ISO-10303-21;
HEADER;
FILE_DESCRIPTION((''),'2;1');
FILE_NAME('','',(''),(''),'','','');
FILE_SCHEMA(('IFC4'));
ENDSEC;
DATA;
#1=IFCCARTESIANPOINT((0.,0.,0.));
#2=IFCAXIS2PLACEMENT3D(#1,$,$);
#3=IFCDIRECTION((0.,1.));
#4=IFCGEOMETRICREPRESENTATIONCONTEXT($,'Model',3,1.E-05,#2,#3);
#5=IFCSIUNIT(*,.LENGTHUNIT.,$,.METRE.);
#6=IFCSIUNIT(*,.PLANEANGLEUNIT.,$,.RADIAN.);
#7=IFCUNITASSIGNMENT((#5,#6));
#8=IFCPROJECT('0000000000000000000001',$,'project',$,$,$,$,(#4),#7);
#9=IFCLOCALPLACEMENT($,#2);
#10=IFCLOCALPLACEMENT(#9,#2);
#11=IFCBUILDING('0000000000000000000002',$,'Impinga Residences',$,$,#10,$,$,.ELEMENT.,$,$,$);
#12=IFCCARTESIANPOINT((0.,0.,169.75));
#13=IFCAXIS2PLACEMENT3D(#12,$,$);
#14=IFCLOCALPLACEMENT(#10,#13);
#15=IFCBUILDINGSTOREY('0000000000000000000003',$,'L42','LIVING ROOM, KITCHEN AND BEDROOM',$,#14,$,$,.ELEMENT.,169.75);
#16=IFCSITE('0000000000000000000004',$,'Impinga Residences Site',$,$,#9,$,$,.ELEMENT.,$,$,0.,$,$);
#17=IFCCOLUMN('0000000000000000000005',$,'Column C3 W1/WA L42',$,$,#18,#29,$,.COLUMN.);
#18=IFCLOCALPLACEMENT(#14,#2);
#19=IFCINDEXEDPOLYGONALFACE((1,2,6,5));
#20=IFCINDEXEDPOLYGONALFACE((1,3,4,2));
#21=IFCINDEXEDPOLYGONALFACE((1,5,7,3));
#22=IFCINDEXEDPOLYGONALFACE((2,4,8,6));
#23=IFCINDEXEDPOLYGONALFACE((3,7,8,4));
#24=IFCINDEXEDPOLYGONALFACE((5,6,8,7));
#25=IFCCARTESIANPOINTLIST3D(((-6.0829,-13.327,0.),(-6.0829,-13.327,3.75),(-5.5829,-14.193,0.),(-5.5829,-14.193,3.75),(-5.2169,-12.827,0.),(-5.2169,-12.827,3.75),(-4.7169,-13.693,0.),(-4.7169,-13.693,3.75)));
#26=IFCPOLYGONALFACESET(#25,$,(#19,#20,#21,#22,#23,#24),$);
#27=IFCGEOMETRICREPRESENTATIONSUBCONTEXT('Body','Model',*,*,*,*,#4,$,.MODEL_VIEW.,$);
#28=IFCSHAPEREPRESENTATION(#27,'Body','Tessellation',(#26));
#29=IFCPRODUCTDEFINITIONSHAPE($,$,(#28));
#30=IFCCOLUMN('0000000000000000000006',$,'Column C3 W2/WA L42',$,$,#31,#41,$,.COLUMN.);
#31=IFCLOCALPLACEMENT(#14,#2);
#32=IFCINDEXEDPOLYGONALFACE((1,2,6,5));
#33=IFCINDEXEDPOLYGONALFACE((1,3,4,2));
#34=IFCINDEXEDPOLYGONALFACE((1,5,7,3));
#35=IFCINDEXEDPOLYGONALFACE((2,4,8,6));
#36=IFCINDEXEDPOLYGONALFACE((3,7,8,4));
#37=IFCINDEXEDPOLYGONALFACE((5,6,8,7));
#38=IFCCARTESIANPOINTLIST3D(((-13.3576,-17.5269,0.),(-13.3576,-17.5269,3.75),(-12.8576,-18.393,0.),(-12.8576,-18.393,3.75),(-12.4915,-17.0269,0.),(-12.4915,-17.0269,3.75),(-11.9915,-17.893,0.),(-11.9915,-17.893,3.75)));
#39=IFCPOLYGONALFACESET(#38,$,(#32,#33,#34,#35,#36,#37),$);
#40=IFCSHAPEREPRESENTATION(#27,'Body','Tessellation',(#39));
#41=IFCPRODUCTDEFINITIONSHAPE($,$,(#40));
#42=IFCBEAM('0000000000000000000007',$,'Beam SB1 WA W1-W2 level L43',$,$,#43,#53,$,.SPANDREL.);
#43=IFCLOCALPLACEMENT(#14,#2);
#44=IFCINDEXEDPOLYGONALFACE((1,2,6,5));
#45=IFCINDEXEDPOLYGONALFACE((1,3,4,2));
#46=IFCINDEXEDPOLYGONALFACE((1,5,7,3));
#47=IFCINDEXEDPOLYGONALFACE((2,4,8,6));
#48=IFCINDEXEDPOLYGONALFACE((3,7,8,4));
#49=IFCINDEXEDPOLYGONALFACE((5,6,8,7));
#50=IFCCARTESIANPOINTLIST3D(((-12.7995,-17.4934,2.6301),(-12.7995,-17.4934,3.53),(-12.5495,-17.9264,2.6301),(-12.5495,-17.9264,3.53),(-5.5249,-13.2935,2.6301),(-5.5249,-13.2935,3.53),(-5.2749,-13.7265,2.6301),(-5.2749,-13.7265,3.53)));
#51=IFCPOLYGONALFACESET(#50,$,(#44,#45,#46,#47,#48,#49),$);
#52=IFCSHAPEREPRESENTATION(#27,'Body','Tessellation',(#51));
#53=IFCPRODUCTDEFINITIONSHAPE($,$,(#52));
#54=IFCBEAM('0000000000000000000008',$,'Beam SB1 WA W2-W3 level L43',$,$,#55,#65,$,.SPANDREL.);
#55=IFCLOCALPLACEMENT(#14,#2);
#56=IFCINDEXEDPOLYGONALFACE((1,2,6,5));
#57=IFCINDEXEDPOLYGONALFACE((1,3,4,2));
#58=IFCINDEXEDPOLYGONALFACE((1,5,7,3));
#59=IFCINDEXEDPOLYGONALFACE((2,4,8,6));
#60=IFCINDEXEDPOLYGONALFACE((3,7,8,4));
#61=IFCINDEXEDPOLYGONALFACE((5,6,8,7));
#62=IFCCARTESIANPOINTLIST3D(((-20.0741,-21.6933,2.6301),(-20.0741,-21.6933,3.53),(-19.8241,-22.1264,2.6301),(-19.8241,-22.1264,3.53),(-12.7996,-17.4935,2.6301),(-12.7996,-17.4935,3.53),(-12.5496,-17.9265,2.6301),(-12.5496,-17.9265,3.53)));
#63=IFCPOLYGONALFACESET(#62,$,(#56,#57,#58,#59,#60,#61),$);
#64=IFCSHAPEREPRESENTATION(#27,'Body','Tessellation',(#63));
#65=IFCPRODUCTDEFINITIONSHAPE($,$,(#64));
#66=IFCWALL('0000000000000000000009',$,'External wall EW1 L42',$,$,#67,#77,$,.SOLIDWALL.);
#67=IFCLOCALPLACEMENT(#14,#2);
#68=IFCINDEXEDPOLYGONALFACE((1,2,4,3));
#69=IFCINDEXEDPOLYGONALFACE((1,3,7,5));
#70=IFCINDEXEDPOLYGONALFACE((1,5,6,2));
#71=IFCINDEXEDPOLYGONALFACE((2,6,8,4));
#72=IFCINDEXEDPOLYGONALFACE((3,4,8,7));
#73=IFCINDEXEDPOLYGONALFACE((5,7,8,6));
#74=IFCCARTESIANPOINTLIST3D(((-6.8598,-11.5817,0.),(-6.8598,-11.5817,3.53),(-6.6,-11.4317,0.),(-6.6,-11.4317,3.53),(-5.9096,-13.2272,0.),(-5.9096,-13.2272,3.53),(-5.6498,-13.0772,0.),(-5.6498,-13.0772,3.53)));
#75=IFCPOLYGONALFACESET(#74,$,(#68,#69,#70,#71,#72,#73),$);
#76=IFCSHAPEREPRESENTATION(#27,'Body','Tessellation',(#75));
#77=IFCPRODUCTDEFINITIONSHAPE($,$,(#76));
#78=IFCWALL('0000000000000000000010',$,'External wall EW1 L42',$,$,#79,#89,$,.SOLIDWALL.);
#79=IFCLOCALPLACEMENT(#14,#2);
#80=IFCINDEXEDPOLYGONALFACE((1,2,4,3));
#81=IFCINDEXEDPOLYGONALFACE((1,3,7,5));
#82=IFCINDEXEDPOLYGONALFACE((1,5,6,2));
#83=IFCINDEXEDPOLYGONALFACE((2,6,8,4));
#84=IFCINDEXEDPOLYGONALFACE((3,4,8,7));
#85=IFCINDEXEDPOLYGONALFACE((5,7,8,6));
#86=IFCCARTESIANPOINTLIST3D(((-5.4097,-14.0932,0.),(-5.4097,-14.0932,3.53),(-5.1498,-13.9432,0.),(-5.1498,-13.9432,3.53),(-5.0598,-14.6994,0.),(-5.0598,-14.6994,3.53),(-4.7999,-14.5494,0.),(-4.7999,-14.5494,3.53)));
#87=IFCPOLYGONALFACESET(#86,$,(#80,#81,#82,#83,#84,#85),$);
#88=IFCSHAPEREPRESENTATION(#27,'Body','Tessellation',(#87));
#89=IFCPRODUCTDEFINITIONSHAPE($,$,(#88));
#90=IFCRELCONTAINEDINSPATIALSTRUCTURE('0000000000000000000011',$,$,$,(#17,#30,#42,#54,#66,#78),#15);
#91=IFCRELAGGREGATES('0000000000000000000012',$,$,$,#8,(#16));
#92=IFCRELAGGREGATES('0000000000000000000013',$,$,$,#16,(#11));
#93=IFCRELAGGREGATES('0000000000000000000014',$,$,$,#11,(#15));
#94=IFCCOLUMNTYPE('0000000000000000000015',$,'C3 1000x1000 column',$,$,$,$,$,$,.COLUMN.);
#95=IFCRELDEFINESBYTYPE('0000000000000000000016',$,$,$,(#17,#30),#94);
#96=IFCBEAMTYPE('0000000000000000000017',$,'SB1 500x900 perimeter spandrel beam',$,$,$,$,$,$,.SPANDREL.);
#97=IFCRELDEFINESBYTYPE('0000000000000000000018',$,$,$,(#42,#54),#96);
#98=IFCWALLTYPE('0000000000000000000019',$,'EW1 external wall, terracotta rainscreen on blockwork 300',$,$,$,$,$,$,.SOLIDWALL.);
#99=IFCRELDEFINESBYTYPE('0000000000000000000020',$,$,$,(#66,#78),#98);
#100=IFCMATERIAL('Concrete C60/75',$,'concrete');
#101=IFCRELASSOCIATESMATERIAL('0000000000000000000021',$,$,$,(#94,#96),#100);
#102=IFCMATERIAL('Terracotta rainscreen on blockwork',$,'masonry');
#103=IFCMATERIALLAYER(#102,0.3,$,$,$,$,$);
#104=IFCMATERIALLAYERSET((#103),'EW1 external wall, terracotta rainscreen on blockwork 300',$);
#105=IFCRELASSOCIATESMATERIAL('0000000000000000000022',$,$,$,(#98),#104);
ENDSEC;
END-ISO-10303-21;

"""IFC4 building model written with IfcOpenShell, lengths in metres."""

from ifc_helpers import new_model, si_unit, direction, frame, frame_2d, origin, origin_2d, place, context, subcontext, project, spatial, rectangle, extrude, material, layer, layer_set, material_profile, profile_set, type_object, element, save


model = new_model("IFC4")

# Units and contexts
model_context = context("Model", 3, precision=1e-05, world=origin(), true_north=direction((0.0, 1.0)))
body_context = subcontext(model_context, "Body", "Model", "MODEL_VIEW")
ifc_project = project(units=[si_unit("LENGTHUNIT", "METRE"), si_unit("PLANEANGLEUNIT", "RADIAN")], contexts=[model_context])

# Site, building, storey
site_placement = place(None, origin())
site = spatial("IfcSite", under=ifc_project, at=site_placement, Name="Impinga Residences Site", CompositionType="ELEMENT", RefElevation=0.0)
building_placement = place(site_placement, origin())
building = spatial("IfcBuilding", under=site, at=building_placement, Name="Impinga Residences", CompositionType="ELEMENT")
storey_placement = place(building_placement, frame((0.0, 0.0, 169.75)))
storey = spatial("IfcBuildingStorey", under=building, at=storey_placement, Name="L42", Description="LIVING ROOM, KITCHEN AND BEDROOM", CompositionType="ELEMENT", Elevation=169.75)

# Columns
ifc_material_1 = material(Name="Concrete C60/75", Category="concrete")
ifc_material_profile_1 = material_profile(ifc_material_1, rectangle(XDim=1.0, YDim=1.0, at=origin_2d()), Name="RC 1000x1000")
ifc_profile_set_1 = profile_set([ifc_material_profile_1], Name="Concrete C60/75")
column_type = type_object("IfcColumnType", Name="C3 1000x1000 column", PredefinedType="COLUMN", material=ifc_profile_set_1)
for number, where, z_axis, x_axis, name in (
    (1, (-5.3999, -13.51, 0.0), (0.0, 0.0, 1.0), (-0.5, 0.866025, 0.0), "Column C3 W1/WA L42"),
    (2, (-12.6746, -17.71, 0.0), (0.0, 0.0, 1.0), (-0.5, 0.866025, 0.0), "Column C3 W2/WA L42"),
):
    element("IfcColumn", number, at=place(storey_placement, frame(where, z_axis=z_axis, x_axis=x_axis)), inside=storey, type_object=column_type, Name=name, PredefinedType="COLUMN", context=body_context, shape_type="SweptSolid", body=[
        extrude(rectangle(XDim=1.0, YDim=1.0, at=origin_2d()), origin(), (0.0, 0.0, 1.0), 3.75),
    ])

# Beams
ifc_material_profile_2 = material_profile(ifc_material_1, rectangle(XDim=0.5, YDim=0.8999, at=origin_2d()), Name="RC 500x900")
ifc_profile_set_2 = profile_set([ifc_material_profile_2], Name="Concrete C60/75")
beam_type = type_object("IfcBeamType", Name="SB1 500x900 perimeter spandrel beam", PredefinedType="SPANDREL", material=ifc_profile_set_2)
for number, where, z_axis, x_axis, name in (
    (3, (-5.3999, -13.51, 3.0801), (-0.866029, -0.499993, 0.0), (0.499993, -0.866029, 0.0), "Beam SB1 WA W1-W2 level L43"),
    (4, (-12.6746, -17.71, 3.0801), (-0.866029, -0.499993, 0.0), (0.499993, -0.866029, 0.0), "Beam SB1 WA W2-W3 level L43"),
):
    element("IfcBeam", number, at=place(storey_placement, frame(where, z_axis=z_axis, x_axis=x_axis)), inside=storey, type_object=beam_type, Name=name, PredefinedType="SPANDREL", context=body_context, shape_type="SweptSolid", body=[
        extrude(rectangle(XDim=0.5, YDim=0.8999, at=origin_2d()), origin(), (0.0, 0.0, 1.0), 8.3999),
    ])

# Walls
ifc_material_2 = material(Name="Terracotta rainscreen on blockwork", Category="masonry")
ifc_layer_1 = layer(ifc_material_2, 0.3)
ifc_layer_set_1 = layer_set([ifc_layer_1], Name="EW1 external wall, terracotta rainscreen on blockwork 300")
wall_type_1 = type_object("IfcWallType", Name="EW1 external wall, terracotta rainscreen on blockwork 300", PredefinedType="SOLIDWALL", material=ifc_layer_set_1)
wall_1_placement = place(storey_placement, frame((-6.73, -11.5066, 0.0), z_axis=(0.0, 0.0, 1.0), x_axis=(0.500064, -0.865989, 0.0)))
element("IfcWall", 5, at=wall_1_placement, inside=storey, type_object=wall_type_1, Name="External wall EW1 L42", PredefinedType="SOLIDWALL", context=body_context, shape_type="SweptSolid", body=[
    extrude(rectangle(XDim=1.9001, YDim=0.3, at=frame_2d((0.9502, 0.0))), origin(), (0.0, 0.0, 1.0), 3.53),
])
wall_2_placement = place(storey_placement, frame((-5.2798, -14.0181, 0.0), z_axis=(0.0, 0.0, 1.0), x_axis=(0.499853, -0.86611, 0.0)))
element("IfcWall", 6, at=wall_2_placement, inside=storey, type_object=wall_type_1, Name="External wall EW1 L42", PredefinedType="SOLIDWALL", context=body_context, shape_type="SweptSolid", body=[
    extrude(rectangle(XDim=0.7, YDim=0.3, at=frame_2d((0.3501, 0.0))), origin(), (0.0, 0.0, 1.0), 3.53),
])

save(model, "model.ifc")
